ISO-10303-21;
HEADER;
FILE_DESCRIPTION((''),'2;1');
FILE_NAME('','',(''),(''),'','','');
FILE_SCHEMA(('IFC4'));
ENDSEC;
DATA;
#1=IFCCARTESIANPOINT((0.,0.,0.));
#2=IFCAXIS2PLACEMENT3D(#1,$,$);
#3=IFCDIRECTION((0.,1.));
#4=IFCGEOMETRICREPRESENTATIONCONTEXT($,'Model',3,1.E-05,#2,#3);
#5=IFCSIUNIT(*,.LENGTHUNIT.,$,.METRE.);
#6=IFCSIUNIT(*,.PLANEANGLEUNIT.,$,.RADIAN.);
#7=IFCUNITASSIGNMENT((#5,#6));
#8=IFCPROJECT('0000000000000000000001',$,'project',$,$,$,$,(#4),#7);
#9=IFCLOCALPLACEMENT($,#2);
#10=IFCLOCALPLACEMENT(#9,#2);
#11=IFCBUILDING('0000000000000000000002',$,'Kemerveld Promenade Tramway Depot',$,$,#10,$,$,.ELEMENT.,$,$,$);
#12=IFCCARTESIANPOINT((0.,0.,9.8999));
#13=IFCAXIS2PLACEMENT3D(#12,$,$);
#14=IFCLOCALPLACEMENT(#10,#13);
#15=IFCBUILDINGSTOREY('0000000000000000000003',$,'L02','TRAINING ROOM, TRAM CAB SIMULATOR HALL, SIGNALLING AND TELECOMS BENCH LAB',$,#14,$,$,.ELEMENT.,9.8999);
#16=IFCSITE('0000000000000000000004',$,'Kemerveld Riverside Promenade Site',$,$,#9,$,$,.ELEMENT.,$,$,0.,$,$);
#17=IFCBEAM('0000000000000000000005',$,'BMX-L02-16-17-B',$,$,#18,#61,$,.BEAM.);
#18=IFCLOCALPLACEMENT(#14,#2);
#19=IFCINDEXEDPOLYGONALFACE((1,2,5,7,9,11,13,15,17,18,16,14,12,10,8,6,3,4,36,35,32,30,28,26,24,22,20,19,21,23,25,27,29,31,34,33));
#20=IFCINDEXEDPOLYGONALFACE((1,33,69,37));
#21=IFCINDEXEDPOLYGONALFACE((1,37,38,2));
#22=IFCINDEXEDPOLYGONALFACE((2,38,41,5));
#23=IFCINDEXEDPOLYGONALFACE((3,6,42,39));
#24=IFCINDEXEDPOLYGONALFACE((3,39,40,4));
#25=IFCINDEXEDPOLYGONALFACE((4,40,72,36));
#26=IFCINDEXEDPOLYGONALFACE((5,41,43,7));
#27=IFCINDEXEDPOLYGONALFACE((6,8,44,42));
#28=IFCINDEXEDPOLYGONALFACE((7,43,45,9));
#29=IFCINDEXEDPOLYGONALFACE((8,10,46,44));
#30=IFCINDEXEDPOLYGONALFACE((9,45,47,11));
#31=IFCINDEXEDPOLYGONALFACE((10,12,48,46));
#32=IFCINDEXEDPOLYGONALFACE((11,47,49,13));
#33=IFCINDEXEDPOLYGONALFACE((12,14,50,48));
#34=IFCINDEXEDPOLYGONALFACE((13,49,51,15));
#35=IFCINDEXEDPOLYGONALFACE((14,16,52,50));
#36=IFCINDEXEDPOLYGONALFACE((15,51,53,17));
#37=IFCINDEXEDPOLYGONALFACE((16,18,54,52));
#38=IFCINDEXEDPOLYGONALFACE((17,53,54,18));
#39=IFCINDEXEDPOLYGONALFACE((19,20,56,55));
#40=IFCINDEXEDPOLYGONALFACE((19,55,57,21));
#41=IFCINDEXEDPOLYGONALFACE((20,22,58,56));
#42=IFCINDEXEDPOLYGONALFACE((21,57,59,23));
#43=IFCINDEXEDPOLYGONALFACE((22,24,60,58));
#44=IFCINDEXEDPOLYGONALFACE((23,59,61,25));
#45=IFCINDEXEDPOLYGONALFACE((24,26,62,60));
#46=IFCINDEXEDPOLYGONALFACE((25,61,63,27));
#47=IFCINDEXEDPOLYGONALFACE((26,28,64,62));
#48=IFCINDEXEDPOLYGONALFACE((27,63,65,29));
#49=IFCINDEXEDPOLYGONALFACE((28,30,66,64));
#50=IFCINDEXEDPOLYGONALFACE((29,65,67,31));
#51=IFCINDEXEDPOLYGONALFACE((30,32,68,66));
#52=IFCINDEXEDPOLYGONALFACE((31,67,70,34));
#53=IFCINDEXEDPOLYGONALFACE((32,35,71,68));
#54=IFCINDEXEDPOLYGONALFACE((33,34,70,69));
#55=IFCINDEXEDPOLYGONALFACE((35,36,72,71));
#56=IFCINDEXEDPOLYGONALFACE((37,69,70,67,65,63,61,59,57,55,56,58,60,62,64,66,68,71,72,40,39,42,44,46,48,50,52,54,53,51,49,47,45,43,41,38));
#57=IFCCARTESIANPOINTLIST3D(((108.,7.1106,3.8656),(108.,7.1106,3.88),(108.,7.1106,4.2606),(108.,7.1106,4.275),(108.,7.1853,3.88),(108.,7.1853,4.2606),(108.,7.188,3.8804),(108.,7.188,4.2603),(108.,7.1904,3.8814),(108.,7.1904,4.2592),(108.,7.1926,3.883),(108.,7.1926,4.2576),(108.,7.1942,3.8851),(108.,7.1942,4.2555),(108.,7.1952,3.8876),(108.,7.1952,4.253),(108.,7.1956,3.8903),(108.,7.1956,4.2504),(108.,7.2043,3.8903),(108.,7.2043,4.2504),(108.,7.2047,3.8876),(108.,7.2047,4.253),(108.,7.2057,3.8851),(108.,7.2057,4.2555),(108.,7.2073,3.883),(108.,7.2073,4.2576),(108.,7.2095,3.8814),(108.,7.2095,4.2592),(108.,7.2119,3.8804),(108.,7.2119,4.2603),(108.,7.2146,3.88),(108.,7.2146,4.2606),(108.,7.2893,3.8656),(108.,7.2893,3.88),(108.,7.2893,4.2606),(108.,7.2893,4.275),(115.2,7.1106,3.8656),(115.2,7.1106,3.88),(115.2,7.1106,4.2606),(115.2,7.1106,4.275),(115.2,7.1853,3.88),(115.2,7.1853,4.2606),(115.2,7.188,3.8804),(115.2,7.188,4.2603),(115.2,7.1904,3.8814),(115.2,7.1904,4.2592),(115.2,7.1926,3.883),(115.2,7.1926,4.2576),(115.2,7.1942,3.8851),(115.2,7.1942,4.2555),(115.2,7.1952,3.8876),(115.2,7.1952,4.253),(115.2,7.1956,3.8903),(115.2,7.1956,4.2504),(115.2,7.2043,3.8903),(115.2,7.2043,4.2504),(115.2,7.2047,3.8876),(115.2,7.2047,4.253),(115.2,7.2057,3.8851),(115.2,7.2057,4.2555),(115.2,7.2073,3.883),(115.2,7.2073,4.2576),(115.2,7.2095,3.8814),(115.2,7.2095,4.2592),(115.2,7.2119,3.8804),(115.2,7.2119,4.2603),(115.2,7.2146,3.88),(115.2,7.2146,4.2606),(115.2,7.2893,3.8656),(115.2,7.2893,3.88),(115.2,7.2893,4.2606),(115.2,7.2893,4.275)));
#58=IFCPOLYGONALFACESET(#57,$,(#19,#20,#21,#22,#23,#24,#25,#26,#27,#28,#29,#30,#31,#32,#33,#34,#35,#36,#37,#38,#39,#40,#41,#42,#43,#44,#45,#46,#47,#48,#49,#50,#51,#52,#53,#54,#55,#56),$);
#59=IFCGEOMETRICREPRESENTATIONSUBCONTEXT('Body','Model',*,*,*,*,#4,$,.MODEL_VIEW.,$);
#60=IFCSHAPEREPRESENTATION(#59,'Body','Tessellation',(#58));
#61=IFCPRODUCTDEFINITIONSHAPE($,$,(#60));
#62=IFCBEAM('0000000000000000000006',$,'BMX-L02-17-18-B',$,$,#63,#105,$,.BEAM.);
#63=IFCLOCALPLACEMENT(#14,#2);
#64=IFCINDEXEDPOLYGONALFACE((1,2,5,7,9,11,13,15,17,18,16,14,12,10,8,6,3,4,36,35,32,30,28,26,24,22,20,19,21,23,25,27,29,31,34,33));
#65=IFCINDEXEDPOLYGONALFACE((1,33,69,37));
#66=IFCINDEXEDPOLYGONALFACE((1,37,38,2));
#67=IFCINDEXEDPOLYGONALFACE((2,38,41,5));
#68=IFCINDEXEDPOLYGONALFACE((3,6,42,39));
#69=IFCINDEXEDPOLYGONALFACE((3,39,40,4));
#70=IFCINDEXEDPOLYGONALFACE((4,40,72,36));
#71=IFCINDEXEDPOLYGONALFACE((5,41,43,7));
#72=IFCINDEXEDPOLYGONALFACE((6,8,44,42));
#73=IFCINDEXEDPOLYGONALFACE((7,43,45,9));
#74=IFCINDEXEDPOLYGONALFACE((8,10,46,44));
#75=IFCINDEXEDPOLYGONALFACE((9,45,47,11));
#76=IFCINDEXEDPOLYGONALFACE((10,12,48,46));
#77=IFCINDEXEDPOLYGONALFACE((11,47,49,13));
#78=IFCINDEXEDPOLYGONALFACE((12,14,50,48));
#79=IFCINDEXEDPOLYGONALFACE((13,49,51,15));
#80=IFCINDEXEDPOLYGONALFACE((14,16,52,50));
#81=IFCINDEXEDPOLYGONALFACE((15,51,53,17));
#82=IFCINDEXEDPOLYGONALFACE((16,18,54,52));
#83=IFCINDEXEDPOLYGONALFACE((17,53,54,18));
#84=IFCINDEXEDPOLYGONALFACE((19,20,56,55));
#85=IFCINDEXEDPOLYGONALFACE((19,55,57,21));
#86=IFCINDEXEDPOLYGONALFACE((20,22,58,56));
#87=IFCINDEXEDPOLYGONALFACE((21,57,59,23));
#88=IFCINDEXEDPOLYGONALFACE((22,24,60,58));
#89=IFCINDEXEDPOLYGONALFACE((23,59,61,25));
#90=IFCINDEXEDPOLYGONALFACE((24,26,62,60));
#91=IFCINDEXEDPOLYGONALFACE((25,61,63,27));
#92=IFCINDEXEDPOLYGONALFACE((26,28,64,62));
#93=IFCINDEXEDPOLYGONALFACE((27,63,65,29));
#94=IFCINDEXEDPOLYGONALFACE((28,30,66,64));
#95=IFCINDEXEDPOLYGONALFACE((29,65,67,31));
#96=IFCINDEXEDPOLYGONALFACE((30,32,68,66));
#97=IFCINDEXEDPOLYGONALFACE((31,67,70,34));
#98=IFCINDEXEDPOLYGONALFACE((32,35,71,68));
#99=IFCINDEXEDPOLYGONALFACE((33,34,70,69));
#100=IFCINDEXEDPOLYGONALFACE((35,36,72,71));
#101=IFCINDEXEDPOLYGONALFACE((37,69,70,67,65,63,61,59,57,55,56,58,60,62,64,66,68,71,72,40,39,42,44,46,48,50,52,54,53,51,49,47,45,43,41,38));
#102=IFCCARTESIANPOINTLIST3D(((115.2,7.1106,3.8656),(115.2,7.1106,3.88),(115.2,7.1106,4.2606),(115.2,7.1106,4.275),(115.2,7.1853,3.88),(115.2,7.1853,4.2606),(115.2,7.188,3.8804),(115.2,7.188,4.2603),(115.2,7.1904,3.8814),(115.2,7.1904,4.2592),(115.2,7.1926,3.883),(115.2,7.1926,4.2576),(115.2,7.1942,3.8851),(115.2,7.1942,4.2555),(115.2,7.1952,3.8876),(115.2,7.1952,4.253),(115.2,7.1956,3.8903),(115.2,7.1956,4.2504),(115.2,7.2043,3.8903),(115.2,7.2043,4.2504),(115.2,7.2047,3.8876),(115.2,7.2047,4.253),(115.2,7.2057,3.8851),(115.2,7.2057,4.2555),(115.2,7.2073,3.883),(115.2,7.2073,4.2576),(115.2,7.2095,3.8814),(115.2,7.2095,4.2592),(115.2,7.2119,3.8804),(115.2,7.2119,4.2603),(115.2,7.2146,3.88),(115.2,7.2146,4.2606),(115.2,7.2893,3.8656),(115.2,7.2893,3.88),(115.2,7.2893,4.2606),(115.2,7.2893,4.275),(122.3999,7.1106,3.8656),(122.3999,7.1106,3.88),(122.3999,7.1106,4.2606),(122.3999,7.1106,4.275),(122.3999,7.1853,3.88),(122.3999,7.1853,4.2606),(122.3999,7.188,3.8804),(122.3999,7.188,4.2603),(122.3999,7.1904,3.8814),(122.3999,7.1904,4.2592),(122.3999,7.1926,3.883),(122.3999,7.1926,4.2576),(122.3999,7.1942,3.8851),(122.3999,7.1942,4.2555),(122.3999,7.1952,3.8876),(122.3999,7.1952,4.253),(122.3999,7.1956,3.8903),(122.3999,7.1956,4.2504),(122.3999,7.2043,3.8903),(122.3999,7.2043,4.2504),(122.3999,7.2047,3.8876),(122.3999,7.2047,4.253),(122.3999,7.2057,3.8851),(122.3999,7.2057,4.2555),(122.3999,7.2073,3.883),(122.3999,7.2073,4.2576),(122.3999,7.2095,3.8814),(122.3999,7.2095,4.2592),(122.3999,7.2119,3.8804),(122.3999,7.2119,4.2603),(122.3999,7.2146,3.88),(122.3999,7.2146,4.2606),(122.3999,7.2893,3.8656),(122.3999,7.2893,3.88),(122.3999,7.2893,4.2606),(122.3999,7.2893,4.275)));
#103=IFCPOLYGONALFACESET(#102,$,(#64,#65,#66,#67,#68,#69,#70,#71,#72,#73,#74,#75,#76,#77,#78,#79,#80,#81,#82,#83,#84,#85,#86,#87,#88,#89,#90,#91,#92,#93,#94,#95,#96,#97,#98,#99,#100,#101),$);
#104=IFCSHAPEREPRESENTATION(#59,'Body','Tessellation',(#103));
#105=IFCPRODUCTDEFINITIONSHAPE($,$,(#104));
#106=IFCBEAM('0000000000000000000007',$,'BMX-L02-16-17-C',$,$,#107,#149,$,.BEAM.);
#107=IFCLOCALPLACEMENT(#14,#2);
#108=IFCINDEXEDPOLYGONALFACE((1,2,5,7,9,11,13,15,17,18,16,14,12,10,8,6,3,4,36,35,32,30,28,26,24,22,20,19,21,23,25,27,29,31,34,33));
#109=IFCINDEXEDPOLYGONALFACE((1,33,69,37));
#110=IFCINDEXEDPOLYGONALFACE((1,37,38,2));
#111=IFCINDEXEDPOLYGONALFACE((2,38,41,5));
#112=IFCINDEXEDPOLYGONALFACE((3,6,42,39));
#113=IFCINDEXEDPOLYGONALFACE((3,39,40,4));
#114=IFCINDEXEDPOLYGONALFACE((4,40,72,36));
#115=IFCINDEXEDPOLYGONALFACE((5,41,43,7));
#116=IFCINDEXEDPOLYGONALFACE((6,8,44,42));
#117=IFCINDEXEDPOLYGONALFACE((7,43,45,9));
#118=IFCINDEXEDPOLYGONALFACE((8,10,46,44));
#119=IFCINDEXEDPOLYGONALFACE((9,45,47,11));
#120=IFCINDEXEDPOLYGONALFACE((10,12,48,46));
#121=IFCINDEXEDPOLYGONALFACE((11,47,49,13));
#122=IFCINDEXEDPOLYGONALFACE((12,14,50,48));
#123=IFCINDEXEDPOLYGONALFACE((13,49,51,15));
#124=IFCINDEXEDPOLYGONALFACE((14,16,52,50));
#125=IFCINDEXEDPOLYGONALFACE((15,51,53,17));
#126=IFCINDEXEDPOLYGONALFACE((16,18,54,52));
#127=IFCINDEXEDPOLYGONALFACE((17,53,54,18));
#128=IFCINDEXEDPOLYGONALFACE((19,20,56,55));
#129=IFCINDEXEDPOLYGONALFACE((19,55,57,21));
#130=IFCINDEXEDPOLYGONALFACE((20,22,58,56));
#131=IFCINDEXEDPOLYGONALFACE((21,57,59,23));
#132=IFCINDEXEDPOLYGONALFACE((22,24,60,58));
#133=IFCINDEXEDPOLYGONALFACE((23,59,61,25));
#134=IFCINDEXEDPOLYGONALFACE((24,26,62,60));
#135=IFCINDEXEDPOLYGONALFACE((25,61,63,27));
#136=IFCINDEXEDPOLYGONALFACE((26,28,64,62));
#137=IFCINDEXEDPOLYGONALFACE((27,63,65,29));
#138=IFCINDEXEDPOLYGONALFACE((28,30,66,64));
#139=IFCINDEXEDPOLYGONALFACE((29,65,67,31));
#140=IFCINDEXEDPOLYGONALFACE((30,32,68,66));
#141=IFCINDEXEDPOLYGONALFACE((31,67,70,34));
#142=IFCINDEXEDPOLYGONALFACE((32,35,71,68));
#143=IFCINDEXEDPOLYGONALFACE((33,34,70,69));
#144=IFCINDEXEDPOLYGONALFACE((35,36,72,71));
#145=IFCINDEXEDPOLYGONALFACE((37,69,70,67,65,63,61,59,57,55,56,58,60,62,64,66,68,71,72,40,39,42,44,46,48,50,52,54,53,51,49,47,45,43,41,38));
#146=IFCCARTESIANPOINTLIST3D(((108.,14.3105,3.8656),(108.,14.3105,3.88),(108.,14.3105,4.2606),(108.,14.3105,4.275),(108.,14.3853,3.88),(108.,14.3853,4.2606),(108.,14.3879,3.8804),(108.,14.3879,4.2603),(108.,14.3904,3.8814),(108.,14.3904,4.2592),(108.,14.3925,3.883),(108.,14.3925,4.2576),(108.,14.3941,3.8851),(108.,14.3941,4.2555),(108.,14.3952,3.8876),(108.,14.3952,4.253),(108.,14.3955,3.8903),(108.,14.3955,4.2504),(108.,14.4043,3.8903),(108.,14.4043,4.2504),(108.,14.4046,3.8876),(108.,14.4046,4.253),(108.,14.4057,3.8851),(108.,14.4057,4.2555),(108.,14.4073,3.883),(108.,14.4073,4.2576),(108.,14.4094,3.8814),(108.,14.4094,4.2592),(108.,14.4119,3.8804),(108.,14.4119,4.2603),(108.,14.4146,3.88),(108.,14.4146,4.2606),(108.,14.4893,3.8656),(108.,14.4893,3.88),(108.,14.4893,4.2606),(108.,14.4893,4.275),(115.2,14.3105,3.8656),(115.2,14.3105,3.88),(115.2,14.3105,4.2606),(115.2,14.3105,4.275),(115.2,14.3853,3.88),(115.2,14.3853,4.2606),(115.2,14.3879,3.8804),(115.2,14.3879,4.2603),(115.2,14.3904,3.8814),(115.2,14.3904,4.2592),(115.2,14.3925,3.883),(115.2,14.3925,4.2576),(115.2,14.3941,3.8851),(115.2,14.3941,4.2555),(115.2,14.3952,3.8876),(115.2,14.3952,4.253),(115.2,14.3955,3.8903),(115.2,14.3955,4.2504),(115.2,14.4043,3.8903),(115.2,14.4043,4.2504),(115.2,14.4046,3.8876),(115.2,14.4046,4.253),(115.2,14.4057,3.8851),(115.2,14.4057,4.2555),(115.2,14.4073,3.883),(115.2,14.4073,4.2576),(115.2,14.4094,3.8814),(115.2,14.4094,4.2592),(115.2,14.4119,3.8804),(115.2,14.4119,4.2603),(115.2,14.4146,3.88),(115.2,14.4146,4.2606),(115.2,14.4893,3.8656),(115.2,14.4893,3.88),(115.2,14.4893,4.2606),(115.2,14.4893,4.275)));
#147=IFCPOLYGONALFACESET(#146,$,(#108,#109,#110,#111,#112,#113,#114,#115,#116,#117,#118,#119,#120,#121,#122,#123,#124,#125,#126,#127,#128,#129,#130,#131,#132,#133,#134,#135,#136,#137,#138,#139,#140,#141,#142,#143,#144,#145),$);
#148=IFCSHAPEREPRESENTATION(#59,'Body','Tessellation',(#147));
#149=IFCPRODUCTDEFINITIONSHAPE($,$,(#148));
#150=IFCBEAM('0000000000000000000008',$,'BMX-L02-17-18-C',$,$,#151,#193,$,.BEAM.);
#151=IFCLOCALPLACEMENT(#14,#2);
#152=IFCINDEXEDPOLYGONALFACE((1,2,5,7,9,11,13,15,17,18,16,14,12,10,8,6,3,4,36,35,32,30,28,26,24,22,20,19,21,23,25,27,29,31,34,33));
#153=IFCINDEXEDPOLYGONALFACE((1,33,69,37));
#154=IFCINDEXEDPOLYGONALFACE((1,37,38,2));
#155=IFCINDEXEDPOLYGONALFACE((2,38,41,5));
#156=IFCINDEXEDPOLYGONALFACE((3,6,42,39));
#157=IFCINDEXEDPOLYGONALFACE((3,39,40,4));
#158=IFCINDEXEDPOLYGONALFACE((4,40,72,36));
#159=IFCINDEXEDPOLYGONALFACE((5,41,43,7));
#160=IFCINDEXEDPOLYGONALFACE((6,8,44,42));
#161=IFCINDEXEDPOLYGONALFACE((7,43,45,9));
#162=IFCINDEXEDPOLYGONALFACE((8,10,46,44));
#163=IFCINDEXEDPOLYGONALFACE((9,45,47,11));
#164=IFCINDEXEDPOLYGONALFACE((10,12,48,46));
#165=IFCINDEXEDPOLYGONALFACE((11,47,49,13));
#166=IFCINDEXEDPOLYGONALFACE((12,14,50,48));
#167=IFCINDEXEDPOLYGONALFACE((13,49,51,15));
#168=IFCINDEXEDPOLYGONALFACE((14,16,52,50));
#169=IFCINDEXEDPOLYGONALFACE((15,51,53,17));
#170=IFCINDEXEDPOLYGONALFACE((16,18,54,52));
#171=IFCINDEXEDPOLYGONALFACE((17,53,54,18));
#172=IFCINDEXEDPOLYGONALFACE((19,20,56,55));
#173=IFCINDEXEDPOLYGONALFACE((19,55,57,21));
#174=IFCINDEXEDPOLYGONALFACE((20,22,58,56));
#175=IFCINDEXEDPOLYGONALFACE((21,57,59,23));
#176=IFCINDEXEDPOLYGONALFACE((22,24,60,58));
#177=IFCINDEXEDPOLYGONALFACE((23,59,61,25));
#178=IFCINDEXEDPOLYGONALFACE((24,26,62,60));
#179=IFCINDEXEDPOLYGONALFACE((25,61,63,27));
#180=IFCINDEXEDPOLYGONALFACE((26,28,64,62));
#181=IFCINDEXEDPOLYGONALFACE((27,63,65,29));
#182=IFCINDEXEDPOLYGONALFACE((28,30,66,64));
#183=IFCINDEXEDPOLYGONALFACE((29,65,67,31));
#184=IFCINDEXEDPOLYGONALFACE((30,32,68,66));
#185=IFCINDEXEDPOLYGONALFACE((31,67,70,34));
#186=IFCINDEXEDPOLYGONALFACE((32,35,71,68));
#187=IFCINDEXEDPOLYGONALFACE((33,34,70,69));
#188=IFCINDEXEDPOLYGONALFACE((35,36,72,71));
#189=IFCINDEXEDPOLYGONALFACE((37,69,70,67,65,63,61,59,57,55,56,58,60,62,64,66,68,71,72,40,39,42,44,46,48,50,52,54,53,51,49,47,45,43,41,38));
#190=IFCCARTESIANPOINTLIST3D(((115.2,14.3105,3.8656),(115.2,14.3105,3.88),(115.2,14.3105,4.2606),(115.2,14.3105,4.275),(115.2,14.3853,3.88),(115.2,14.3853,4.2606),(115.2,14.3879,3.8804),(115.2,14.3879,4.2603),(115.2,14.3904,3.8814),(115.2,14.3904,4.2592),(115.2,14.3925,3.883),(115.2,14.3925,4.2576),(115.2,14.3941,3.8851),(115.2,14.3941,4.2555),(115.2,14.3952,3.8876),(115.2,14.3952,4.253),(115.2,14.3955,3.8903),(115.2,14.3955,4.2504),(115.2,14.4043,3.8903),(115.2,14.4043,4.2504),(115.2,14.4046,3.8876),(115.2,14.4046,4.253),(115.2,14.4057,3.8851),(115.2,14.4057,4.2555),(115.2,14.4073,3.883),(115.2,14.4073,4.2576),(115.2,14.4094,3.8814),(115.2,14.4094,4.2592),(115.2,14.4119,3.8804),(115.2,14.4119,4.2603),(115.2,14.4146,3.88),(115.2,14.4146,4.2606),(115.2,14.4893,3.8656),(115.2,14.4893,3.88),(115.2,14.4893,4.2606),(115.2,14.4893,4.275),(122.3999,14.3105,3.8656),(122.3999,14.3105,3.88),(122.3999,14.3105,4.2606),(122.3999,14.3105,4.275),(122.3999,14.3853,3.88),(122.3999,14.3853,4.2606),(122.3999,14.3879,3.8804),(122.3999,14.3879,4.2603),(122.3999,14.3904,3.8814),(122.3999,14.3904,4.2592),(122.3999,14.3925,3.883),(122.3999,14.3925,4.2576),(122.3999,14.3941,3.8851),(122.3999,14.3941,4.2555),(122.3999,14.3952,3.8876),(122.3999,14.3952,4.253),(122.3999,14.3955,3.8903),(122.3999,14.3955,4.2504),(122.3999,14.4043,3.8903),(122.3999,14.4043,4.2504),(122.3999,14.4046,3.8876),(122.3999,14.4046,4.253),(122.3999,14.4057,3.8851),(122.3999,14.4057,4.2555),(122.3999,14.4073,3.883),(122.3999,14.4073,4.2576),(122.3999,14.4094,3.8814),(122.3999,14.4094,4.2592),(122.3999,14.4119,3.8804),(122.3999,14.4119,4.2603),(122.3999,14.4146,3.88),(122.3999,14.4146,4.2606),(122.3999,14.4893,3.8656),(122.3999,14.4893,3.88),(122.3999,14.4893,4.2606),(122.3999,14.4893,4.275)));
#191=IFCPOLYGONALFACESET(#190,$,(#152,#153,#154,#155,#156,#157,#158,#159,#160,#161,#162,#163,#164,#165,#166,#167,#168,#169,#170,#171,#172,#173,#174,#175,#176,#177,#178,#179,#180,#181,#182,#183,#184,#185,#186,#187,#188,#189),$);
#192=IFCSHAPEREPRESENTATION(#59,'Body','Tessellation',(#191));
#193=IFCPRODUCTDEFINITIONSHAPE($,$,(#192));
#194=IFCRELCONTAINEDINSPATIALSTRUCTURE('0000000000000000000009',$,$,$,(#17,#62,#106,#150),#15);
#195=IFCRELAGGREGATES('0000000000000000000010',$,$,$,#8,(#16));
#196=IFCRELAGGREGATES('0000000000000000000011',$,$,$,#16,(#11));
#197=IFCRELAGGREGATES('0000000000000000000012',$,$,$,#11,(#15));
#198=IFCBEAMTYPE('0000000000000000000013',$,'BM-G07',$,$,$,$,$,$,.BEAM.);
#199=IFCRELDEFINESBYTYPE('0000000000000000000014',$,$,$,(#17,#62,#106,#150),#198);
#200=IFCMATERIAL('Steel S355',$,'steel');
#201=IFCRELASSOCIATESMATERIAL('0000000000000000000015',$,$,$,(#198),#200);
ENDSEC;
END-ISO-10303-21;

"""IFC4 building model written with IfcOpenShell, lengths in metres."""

from ifc_helpers import new_model, si_unit, direction, frame, origin, origin_2d, place, context, subcontext, project, spatial, i_section, extrude, material, material_profile, profile_set, type_object, element, save


model = new_model("IFC4")

# Units and contexts
model_context = context("Model", 3, precision=1e-05, world=origin(), true_north=direction((0.0, 1.0)))
body_context = subcontext(model_context, "Body", "Model", "MODEL_VIEW")
ifc_project = project(units=[si_unit("LENGTHUNIT", "METRE"), si_unit("PLANEANGLEUNIT", "RADIAN")], contexts=[model_context])

# Site, building, storey
site_placement = place(None, origin())
site = spatial("IfcSite", under=ifc_project, at=site_placement, Name="Kemerveld Riverside Promenade Site", CompositionType="ELEMENT", RefElevation=0.0)
building_placement = place(site_placement, origin())
building = spatial("IfcBuilding", under=site, at=building_placement, Name="Kemerveld Promenade Tramway Depot", CompositionType="ELEMENT")
storey_placement = place(building_placement, frame((0.0, 0.0, 9.8999)))
storey = spatial("IfcBuildingStorey", under=building, at=storey_placement, Name="L02", Description="TRAINING ROOM, TRAM CAB SIMULATOR HALL, SIGNALLING AND TELECOMS BENCH LAB", CompositionType="ELEMENT", Elevation=9.8999)

# Shared definitions
ifc_material_1 = material(Name="Steel S355", Category="steel")

# Beams
ifc_material_profile_1 = material_profile(ifc_material_1, i_section(OverallWidth=0.1787, OverallDepth=0.4094, WebThickness=0.0088, FlangeThickness=0.0144, FilletRadius=0.0103, at=origin_2d()), Name="406x178x67 UB")
ifc_profile_set_1 = profile_set([ifc_material_profile_1], Name="Steel S355")
beam_type_1 = type_object("IfcBeamType", Name="BM-G07", PredefinedType="BEAM", material=ifc_profile_set_1)
for number, where, z_axis, x_axis, name in (
    (1, (108.0, 7.2, 4.0703), (1.0, 0.0, 0.0), (0.0, 1.0, 0.0), "BMX-L02-16-17-B"),
    (2, (115.2, 7.2, 4.0703), (1.0, 0.0, 0.0), (0.0, 1.0, 0.0), "BMX-L02-17-18-B"),
    (3, (108.0, 14.3999, 4.0703), (1.0, 0.0, 0.0), (0.0, 1.0, 0.0), "BMX-L02-16-17-C"),
    (4, (115.2, 14.3999, 4.0703), (1.0, 0.0, 0.0), (0.0, 1.0, 0.0), "BMX-L02-17-18-C"),
):
    element("IfcBeam", number, at=place(storey_placement, frame(where, z_axis=z_axis, x_axis=x_axis)), inside=storey, type_object=beam_type_1, Name=name, PredefinedType="BEAM", context=body_context, shape_type="SweptSolid", body=[
        extrude(i_section(OverallWidth=0.1787, OverallDepth=0.4094, WebThickness=0.0088, FlangeThickness=0.0144, FilletRadius=0.0103, at=origin_2d()), origin(), (0.0, 0.0, 1.0), 7.2),
    ])

save(model, "model.ifc")
